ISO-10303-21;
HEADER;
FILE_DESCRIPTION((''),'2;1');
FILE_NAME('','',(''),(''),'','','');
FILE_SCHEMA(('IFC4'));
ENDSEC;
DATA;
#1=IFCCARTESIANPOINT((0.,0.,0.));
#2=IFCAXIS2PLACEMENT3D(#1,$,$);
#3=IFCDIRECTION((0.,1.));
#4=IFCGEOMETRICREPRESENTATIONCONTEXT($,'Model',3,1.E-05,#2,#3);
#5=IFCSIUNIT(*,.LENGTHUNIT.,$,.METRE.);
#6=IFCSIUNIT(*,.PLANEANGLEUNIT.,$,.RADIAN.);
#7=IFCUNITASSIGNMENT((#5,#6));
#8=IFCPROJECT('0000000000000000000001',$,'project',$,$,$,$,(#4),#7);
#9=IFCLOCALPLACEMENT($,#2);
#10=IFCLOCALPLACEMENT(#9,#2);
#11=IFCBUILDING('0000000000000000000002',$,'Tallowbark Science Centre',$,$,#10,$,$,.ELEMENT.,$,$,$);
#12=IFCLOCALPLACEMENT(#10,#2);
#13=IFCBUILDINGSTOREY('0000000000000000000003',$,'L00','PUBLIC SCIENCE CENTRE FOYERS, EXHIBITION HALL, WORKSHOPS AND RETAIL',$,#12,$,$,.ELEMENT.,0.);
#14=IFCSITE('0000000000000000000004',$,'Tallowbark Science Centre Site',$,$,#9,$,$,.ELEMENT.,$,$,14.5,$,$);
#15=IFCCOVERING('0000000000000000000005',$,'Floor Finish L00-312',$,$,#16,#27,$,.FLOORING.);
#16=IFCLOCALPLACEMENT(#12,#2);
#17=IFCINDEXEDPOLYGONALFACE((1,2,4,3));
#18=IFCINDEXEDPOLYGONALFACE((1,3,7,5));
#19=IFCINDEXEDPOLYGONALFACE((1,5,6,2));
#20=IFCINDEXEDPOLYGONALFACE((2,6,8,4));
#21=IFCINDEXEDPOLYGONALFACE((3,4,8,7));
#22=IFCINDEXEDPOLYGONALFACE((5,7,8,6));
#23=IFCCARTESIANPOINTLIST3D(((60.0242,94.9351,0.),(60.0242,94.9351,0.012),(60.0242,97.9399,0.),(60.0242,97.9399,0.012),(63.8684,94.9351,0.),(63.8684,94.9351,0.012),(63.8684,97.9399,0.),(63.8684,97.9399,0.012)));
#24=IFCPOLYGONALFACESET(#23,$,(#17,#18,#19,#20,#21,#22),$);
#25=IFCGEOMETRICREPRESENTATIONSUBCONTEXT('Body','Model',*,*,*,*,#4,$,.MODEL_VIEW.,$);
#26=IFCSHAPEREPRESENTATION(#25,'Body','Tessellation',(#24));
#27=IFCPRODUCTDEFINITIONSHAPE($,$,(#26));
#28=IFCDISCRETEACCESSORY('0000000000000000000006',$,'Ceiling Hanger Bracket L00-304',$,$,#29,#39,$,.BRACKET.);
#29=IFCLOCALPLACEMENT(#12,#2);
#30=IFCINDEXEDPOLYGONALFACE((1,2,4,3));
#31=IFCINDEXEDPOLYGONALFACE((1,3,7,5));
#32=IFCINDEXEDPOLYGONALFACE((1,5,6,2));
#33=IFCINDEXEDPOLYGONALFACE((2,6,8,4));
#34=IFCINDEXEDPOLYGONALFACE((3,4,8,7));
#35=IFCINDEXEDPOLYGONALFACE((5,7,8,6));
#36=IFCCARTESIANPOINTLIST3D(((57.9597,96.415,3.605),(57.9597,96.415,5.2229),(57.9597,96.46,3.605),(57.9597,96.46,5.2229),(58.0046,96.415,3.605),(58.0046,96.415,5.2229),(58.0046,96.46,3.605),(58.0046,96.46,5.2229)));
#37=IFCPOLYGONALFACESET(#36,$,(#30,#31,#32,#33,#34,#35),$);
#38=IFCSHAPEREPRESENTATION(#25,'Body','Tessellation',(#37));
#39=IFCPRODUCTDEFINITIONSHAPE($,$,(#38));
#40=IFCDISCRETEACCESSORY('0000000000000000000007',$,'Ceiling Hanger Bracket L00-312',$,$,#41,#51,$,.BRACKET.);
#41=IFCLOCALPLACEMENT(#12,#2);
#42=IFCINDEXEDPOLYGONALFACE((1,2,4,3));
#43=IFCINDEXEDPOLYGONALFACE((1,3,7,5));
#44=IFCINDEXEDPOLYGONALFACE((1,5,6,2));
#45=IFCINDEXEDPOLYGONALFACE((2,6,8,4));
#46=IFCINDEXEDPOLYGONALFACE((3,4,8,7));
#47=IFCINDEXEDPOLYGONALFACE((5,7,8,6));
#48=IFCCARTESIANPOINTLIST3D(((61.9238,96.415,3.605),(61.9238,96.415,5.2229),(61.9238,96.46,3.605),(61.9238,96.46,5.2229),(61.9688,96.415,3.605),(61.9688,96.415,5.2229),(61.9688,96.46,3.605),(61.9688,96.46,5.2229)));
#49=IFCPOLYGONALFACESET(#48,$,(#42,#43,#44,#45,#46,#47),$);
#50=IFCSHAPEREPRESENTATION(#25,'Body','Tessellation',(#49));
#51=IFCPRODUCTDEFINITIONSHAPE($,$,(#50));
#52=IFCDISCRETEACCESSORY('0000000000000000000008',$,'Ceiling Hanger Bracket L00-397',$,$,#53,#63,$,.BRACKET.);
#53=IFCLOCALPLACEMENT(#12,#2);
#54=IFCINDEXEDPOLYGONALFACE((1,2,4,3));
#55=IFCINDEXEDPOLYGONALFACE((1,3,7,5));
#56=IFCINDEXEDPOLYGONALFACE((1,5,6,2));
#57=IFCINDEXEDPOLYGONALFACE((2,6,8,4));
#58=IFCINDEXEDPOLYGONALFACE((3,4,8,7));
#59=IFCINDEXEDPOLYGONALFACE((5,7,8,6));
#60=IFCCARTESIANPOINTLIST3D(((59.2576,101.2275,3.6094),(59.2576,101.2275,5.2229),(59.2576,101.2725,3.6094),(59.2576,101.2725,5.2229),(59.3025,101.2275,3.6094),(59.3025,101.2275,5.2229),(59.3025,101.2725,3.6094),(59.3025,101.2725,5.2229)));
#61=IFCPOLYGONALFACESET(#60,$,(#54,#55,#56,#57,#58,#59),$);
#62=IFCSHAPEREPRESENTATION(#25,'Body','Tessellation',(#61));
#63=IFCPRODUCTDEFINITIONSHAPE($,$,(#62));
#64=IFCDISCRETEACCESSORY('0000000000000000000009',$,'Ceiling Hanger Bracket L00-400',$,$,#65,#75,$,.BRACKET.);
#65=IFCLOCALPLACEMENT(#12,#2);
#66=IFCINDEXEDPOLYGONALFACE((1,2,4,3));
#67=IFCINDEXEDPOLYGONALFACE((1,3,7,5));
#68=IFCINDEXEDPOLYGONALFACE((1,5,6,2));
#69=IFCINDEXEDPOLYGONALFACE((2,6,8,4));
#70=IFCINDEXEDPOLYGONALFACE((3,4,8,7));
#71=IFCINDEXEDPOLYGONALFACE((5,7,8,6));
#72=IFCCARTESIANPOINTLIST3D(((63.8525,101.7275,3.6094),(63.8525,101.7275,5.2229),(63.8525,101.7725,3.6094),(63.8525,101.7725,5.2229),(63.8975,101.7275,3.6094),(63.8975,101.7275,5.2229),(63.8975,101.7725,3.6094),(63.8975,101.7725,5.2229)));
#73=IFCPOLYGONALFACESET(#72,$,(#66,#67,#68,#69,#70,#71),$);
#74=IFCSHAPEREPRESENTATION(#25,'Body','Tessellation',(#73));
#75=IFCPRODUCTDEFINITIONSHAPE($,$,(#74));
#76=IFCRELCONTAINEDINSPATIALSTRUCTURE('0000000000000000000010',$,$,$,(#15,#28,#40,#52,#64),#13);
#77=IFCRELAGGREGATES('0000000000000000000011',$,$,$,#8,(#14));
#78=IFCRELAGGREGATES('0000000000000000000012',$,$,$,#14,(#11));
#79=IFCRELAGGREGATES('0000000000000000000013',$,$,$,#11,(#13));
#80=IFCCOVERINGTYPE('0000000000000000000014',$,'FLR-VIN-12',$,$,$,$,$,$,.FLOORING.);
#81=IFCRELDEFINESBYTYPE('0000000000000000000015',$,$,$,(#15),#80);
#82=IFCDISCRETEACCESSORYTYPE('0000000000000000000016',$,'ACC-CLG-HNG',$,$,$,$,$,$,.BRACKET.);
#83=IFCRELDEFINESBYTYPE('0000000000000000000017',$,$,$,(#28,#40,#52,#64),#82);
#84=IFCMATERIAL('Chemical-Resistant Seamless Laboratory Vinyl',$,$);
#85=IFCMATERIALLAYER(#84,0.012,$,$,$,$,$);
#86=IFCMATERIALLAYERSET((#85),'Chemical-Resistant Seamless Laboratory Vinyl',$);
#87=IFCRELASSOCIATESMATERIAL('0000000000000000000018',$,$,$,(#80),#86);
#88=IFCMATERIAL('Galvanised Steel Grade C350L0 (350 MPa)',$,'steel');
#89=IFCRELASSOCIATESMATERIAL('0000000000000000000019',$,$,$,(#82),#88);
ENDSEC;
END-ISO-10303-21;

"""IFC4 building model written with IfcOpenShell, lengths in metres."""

from ifc_helpers import new_model, si_unit, direction, frame, origin, origin_2d, place, context, subcontext, project, spatial, rectangle, extrude, material, layer, layer_set, type_object, element, save


model = new_model("IFC4")

# Units and contexts
model_context = context("Model", 3, precision=1e-05, world=origin(), true_north=direction((0.0, 1.0)))
body_context = subcontext(model_context, "Body", "Model", "MODEL_VIEW")
ifc_project = project(units=[si_unit("LENGTHUNIT", "METRE"), si_unit("PLANEANGLEUNIT", "RADIAN")], contexts=[model_context])

# Site, building, storey
site_placement = place(None, origin())
site = spatial("IfcSite", under=ifc_project, at=site_placement, Name="Tallowbark Science Centre Site", CompositionType="ELEMENT", RefElevation=14.5)
building_placement = place(site_placement, origin())
building = spatial("IfcBuilding", under=site, at=building_placement, Name="Tallowbark Science Centre", CompositionType="ELEMENT")
storey_placement = place(building_placement, origin())
storey = spatial("IfcBuildingStorey", under=building, at=storey_placement, Name="L00", Description="PUBLIC SCIENCE CENTRE FOYERS, EXHIBITION HALL, WORKSHOPS AND RETAIL", CompositionType="ELEMENT", Elevation=0.0)

# Covering
ifc_material_1 = material(Name="Chemical-Resistant Seamless Laboratory Vinyl")
ifc_layer_1 = layer(ifc_material_1, 0.012)
ifc_layer_set_1 = layer_set([ifc_layer_1], Name="Chemical-Resistant Seamless Laboratory Vinyl")
covering_type_1 = type_object("IfcCoveringType", Name="FLR-VIN-12", PredefinedType="FLOORING", material=ifc_layer_set_1)
for number, where, z_axis, x_axis, name in (
    (1, (61.9463, 96.4375, 0.0), (0.0, 0.0, 1.0), (1.0, 0.0, 0.0), "Floor Finish L00-312"),
):
    element("IfcCovering", number, at=place(storey_placement, frame(where, z_axis=z_axis, x_axis=x_axis)), inside=storey, type_object=covering_type_1, Name=name, PredefinedType="FLOORING", context=body_context, shape_type="SweptSolid", body=[
        extrude(rectangle(XDim=3.8442, YDim=3.0049, at=origin_2d()), origin(), (0.0, 0.0, 1.0), 0.012),
    ])

# Discrete accessories
ifc_material_2 = material(Name="Galvanised Steel Grade C350L0 (350 MPa)", Category="steel")
discrete_accessory_type = type_object("IfcDiscreteAccessoryType", Name="ACC-CLG-HNG", PredefinedType="BRACKET", material=ifc_material_2)
for number, where, z_axis, x_axis, name in (
    (2, (57.9822, 96.4375, 3.605), (0.0, 0.0, 1.0), (1.0, 0.0, 0.0), "Ceiling Hanger Bracket L00-304"),
    (3, (61.9463, 96.4375, 3.605), (0.0, 0.0, 1.0), (1.0, 0.0, 0.0), "Ceiling Hanger Bracket L00-312"),
):
    element("IfcDiscreteAccessory", number, at=place(storey_placement, frame(where, z_axis=z_axis, x_axis=x_axis)), inside=storey, type_object=discrete_accessory_type, Name=name, PredefinedType="BRACKET", context=body_context, shape_type="SweptSolid", body=[
        extrude(rectangle(XDim=0.0449, YDim=0.0449, at=origin_2d()), origin(), (0.0, 0.0, 1.0), 1.6179),
    ])
for number, where, z_axis, x_axis, name in (
    (4, (59.28, 101.25, 3.6094), (0.0, 0.0, 1.0), (1.0, 0.0, 0.0), "Ceiling Hanger Bracket L00-397"),
    (5, (63.875, 101.75, 3.6094), (0.0, 0.0, 1.0), (1.0, 0.0, 0.0), "Ceiling Hanger Bracket L00-400"),
):
    element("IfcDiscreteAccessory", number, at=place(storey_placement, frame(where, z_axis=z_axis, x_axis=x_axis)), inside=storey, type_object=discrete_accessory_type, Name=name, PredefinedType="BRACKET", context=body_context, shape_type="SweptSolid", body=[
        extrude(rectangle(XDim=0.0449, YDim=0.0449, at=origin_2d()), origin(), (0.0, 0.0, 1.0), 1.6135),
    ])

save(model, "model.ifc")
